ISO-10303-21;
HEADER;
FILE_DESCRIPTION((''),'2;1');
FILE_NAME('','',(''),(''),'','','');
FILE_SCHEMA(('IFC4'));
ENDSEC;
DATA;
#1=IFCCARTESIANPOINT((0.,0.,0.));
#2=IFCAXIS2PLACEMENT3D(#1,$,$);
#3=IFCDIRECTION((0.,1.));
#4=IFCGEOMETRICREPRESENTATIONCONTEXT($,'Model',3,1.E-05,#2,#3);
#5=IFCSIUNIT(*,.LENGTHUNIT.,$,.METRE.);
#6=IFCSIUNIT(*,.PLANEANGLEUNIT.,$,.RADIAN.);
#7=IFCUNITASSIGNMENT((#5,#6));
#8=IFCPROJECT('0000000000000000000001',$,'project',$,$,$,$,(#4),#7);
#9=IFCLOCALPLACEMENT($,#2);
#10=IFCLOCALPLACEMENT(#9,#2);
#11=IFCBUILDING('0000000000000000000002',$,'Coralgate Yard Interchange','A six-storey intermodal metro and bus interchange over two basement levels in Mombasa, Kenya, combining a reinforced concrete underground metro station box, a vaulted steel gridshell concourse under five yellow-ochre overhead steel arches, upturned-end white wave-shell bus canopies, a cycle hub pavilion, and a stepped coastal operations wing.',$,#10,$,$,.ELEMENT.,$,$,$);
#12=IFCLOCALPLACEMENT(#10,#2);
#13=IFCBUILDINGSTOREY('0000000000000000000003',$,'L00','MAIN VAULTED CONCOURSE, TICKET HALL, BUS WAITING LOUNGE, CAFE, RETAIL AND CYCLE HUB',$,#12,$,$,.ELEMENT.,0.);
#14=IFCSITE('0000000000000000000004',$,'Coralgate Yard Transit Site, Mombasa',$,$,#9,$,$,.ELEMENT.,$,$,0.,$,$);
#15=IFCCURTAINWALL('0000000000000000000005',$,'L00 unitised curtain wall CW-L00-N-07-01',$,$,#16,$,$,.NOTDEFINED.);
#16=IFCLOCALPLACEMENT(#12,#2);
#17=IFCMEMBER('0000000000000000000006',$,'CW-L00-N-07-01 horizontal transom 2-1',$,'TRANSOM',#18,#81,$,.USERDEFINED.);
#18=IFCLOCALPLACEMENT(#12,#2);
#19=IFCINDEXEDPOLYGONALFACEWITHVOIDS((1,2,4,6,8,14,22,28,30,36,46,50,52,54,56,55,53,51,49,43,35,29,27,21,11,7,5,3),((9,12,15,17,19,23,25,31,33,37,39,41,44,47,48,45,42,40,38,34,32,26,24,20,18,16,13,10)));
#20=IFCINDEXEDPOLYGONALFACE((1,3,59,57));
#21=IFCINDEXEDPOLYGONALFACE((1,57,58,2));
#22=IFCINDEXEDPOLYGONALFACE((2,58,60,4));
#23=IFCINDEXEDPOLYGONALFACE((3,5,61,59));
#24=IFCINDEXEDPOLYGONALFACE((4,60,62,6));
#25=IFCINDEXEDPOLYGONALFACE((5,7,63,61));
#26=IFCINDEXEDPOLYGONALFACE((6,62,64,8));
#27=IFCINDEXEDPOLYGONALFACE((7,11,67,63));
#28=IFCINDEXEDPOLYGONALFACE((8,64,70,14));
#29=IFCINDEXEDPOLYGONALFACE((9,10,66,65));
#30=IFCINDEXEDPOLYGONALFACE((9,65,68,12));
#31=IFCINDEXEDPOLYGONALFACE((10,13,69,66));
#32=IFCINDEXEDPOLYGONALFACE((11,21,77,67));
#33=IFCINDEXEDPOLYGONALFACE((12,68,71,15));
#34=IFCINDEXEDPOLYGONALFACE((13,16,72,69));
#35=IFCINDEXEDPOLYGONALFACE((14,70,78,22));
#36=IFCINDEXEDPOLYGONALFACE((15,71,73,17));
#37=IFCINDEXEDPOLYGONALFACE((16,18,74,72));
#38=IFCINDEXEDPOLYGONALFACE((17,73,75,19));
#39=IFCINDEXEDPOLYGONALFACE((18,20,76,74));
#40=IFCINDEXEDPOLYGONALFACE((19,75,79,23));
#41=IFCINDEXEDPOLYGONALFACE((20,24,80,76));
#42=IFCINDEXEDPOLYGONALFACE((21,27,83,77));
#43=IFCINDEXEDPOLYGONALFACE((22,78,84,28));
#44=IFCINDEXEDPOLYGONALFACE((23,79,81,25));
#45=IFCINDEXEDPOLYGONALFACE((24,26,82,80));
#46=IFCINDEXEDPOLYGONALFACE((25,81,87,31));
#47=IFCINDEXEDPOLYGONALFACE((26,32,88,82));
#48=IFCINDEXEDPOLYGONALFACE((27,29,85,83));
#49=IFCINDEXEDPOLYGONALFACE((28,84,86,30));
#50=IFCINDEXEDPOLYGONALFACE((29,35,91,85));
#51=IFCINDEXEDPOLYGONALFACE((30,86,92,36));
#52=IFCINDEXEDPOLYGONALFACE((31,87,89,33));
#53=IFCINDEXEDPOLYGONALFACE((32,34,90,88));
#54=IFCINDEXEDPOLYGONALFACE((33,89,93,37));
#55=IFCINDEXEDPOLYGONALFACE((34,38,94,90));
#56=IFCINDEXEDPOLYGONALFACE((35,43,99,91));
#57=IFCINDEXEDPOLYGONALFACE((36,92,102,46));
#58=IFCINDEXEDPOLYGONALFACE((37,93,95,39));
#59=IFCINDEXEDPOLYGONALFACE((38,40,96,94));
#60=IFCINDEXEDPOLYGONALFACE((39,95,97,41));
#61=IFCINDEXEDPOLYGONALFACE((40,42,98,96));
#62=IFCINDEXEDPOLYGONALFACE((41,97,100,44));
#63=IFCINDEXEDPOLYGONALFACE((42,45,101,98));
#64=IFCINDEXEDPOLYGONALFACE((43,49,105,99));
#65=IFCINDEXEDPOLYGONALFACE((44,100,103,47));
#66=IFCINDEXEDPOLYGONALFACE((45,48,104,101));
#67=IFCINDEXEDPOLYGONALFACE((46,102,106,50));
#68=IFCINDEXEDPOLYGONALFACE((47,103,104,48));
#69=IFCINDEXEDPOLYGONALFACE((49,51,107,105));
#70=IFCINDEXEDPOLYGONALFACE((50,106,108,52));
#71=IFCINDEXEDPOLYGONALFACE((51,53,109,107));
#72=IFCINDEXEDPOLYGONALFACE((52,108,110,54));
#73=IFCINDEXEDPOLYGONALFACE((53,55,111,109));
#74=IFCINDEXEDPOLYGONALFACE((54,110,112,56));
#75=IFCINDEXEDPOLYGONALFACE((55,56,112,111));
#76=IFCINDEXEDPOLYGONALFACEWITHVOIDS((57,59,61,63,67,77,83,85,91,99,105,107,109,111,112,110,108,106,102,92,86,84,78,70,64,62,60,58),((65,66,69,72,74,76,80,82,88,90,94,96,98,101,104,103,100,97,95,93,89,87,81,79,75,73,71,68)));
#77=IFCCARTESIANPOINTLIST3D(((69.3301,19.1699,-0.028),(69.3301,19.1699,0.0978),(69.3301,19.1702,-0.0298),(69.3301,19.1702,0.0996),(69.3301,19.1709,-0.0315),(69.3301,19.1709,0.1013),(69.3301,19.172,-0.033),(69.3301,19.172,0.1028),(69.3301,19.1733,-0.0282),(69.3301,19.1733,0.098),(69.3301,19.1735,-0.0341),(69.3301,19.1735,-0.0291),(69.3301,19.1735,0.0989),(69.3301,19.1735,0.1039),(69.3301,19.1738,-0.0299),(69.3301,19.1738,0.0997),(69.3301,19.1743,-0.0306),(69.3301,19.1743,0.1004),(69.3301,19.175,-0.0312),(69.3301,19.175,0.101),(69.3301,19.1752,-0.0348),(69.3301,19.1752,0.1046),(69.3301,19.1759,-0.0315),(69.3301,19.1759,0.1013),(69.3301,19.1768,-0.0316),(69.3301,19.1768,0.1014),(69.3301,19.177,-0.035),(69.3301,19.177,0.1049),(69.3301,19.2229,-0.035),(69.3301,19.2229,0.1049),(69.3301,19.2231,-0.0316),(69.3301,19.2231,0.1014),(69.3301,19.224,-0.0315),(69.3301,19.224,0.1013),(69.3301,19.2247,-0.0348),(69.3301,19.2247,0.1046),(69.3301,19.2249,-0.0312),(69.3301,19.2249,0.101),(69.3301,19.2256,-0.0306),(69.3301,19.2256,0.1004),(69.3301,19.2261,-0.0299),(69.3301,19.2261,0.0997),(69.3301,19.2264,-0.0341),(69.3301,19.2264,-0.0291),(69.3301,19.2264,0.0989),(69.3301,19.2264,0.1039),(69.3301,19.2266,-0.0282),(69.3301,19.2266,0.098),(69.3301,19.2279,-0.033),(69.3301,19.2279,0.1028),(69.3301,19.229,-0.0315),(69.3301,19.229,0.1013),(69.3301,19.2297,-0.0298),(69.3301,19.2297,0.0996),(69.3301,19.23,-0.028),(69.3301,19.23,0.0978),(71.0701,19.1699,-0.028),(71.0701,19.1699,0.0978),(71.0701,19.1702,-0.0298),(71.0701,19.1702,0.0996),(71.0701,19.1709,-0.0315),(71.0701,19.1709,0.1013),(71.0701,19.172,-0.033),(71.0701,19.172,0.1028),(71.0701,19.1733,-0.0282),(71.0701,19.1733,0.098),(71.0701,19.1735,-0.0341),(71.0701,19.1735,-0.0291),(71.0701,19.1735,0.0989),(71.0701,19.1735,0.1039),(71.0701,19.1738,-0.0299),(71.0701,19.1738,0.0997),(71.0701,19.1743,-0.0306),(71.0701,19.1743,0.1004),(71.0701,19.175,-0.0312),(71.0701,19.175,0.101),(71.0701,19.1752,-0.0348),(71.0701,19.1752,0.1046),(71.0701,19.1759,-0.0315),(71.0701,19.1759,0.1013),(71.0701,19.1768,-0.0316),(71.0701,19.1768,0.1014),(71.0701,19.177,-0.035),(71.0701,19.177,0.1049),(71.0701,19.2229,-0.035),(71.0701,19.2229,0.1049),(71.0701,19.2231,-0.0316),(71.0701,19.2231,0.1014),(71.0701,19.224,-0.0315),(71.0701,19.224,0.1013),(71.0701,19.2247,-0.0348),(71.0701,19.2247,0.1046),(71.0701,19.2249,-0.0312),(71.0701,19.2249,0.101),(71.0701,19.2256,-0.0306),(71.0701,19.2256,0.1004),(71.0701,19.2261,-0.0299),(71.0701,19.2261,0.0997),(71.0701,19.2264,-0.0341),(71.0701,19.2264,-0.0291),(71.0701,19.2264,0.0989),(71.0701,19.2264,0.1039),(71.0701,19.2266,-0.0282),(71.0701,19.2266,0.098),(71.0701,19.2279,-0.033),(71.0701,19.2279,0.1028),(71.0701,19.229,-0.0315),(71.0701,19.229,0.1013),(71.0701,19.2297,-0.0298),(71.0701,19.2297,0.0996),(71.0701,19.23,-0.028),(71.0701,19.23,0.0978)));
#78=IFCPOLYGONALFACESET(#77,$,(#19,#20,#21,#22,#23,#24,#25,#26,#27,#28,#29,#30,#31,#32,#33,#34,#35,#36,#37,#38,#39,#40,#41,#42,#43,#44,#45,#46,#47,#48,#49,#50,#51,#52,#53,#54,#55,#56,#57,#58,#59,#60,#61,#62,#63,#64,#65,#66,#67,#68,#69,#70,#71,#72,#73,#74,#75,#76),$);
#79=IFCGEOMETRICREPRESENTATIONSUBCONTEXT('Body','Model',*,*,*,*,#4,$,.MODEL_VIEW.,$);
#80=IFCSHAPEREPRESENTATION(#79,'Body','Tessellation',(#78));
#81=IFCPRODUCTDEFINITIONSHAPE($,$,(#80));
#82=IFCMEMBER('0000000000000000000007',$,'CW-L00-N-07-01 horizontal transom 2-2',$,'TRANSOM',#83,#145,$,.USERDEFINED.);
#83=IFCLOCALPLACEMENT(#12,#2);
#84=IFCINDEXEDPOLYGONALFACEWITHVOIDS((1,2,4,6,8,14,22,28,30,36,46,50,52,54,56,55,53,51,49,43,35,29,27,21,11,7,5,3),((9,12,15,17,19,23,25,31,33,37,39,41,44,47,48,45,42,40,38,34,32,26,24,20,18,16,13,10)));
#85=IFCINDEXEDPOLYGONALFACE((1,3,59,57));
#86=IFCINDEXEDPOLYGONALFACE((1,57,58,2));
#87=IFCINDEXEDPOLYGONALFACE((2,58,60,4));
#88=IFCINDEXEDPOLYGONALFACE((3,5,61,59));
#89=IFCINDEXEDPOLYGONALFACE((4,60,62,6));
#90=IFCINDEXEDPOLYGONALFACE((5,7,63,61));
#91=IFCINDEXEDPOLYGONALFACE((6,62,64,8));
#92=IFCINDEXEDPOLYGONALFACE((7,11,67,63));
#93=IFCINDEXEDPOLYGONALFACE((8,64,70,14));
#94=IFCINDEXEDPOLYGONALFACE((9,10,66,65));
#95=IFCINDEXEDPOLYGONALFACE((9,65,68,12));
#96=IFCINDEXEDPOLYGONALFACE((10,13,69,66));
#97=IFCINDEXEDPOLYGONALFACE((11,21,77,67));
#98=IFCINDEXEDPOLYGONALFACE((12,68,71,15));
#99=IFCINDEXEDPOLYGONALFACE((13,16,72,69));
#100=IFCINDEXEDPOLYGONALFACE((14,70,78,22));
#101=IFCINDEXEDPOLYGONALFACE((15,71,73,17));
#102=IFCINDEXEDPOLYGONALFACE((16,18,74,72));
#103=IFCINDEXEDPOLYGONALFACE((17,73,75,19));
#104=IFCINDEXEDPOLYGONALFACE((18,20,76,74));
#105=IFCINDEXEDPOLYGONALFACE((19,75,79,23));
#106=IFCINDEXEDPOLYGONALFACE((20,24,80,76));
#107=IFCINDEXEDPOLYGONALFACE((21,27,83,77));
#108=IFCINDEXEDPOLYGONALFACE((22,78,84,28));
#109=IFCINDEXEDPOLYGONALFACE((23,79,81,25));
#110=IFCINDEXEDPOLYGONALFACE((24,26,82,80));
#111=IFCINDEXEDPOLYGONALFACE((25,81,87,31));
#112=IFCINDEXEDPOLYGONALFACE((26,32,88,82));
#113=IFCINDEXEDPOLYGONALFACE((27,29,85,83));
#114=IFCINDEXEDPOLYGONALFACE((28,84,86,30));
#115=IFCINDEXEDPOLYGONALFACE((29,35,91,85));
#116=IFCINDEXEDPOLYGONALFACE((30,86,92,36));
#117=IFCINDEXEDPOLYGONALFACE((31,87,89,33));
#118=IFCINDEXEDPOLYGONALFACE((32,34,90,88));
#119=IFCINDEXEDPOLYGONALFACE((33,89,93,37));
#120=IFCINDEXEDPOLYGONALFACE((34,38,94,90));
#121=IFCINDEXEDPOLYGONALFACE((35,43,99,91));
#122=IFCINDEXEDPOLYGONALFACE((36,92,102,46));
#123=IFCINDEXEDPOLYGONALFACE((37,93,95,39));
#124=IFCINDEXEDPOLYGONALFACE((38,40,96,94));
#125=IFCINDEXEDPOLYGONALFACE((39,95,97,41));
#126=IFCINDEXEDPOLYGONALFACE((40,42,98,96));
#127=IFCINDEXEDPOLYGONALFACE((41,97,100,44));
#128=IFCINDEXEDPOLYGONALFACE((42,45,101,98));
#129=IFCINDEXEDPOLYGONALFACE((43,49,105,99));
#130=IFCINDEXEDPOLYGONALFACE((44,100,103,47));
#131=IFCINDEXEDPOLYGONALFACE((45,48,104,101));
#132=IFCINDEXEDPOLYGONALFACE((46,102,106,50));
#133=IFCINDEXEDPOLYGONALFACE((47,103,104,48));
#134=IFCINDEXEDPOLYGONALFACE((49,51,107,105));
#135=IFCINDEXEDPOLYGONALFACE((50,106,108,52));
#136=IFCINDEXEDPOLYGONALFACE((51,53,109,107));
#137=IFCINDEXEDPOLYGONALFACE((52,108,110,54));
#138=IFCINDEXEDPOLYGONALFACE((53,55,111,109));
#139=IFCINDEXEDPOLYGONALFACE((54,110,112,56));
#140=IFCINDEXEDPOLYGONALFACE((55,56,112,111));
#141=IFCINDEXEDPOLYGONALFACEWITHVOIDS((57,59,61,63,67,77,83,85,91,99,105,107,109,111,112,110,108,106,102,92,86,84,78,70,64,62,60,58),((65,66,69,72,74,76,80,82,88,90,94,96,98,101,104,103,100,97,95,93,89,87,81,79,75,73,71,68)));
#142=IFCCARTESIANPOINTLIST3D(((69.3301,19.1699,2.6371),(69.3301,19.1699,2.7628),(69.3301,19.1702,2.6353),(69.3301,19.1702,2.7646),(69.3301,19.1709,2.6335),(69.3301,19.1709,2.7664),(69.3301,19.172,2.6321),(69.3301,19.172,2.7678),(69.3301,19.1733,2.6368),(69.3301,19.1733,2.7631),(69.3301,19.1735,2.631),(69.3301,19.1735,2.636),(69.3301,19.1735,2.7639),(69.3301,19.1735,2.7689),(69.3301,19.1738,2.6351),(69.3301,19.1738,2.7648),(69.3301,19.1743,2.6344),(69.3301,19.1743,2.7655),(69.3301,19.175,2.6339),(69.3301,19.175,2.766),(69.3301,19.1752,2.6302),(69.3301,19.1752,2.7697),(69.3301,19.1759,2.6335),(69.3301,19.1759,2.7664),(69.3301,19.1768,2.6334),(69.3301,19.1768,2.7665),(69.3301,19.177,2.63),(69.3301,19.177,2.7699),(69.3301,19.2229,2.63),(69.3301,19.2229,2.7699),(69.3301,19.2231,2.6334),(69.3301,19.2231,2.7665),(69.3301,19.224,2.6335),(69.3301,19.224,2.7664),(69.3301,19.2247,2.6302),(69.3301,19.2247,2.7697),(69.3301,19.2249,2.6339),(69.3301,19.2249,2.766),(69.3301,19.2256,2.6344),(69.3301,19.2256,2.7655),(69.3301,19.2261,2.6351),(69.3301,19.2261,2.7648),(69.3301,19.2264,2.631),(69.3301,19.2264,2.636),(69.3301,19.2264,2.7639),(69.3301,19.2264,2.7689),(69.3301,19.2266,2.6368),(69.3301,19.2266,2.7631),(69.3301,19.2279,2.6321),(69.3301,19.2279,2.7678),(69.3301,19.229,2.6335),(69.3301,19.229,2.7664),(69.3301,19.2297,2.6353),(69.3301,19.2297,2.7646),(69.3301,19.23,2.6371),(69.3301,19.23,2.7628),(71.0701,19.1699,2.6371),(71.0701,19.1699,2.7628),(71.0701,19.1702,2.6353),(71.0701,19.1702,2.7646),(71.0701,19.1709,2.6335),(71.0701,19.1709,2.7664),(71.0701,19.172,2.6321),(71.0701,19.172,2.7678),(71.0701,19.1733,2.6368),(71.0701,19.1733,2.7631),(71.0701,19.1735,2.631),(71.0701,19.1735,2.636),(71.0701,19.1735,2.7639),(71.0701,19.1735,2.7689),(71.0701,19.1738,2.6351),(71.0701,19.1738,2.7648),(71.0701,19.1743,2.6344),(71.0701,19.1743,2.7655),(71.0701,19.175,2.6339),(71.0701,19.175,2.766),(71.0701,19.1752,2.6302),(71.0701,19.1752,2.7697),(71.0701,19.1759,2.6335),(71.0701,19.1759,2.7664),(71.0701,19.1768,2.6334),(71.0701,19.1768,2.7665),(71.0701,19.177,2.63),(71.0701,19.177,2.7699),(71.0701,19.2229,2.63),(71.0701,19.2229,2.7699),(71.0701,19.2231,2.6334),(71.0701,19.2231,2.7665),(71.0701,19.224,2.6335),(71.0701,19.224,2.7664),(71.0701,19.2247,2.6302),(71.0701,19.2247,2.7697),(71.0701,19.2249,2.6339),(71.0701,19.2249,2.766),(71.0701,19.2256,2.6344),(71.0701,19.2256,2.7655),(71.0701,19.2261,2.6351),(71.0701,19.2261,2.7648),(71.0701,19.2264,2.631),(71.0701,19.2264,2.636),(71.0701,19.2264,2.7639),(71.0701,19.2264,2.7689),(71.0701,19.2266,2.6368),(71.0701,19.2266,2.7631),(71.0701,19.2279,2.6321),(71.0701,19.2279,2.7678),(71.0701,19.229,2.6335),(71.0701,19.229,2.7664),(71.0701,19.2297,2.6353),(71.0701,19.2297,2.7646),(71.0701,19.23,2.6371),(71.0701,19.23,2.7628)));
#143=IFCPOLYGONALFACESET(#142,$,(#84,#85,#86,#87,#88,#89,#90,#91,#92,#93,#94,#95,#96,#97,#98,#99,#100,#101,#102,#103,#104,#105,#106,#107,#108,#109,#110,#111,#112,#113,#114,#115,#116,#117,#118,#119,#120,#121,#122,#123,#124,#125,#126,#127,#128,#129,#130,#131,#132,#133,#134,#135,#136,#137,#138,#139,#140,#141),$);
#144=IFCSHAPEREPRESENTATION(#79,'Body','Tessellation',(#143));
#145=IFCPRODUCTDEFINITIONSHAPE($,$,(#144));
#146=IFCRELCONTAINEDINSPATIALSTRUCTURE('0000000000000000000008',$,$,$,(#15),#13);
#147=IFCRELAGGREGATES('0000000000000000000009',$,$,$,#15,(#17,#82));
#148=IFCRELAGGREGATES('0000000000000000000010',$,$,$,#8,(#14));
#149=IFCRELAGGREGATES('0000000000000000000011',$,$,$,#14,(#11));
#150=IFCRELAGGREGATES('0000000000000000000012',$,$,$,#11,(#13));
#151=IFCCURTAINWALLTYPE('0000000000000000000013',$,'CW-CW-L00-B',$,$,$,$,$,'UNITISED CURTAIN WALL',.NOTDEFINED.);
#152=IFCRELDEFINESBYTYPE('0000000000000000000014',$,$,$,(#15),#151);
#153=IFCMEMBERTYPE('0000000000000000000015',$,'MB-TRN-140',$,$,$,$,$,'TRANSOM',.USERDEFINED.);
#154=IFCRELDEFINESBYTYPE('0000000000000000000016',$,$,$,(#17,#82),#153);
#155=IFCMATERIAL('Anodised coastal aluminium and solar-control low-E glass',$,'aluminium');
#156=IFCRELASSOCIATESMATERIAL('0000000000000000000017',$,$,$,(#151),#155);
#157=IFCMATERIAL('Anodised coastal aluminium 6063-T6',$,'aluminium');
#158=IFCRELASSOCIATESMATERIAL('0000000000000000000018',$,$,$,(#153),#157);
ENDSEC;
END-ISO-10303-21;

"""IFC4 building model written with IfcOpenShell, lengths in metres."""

from ifc_helpers import new_model, si_unit, direction, frame, origin, origin_2d, place, context, subcontext, project, spatial, hollow_rectangle, extrude, material, material_profile, profile_set, type_object, element, aggregate, save


model = new_model("IFC4")

# Units and contexts
model_context = context("Model", 3, precision=1e-05, world=origin(), true_north=direction((0.0, 1.0)))
body_context = subcontext(model_context, "Body", "Model", "MODEL_VIEW")
ifc_project = project(units=[si_unit("LENGTHUNIT", "METRE"), si_unit("PLANEANGLEUNIT", "RADIAN")], contexts=[model_context])

# Site, building, storey
site_placement = place(None, origin())
site = spatial("IfcSite", under=ifc_project, at=site_placement, Name="Coralgate Yard Transit Site, Mombasa", CompositionType="ELEMENT", RefElevation=0.0)
building_placement = place(site_placement, origin())
building = spatial("IfcBuilding", under=site, at=building_placement, Name="Coralgate Yard Interchange", Description="A six-storey intermodal metro and bus interchange over two basement levels in Mombasa, Kenya, combining a reinforced concrete underground metro station box, a vaulted steel gridshell concourse under five yellow-ochre overhead steel arches, upturned-end white wave-shell bus canopies, a cycle hub pavilion, and a stepped coastal operations wing.", CompositionType="ELEMENT")
storey_placement = place(building_placement, origin())
storey = spatial("IfcBuildingStorey", under=building, at=storey_placement, Name="L00", Description="MAIN VAULTED CONCOURSE, TICKET HALL, BUS WAITING LOUNGE, CAFE, RETAIL AND CYCLE HUB", CompositionType="ELEMENT", Elevation=0.0)

# Shared definitions
ifc_material_1 = material(Name="Anodised coastal aluminium and solar-control low-E glass", Category="aluminium")
curtain_wall_type = type_object("IfcCurtainWallType", Name="CW-CW-L00-B", ElementType="UNITISED CURTAIN WALL", PredefinedType="NOTDEFINED", material=ifc_material_1)
ifc_material_2 = material(Name="Anodised coastal aluminium 6063-T6", Category="aluminium")

# Curtain wall
curtain_wall_1_placement = place(storey_placement, origin())
curtain_wall_1 = element("IfcCurtainWall", 1, at=curtain_wall_1_placement, inside=storey, type_object=curtain_wall_type, Name="L00 unitised curtain wall CW-L00-N-07-01", PredefinedType="NOTDEFINED")

# Members
ifc_material_profile_1 = material_profile(ifc_material_2, hollow_rectangle(XDim=0.0601, YDim=0.1399, WallThickness=0.0034, InnerFilletRadius=0.0034, OuterFilletRadius=0.0071, at=origin_2d()), Name="ALU 60x140x3.5")
ifc_profile_set_1 = profile_set([ifc_material_profile_1], Name="Anodised coastal aluminium 6063-T6")
member_type_1 = type_object("IfcMemberType", Name="MB-TRN-140", ElementType="TRANSOM", PredefinedType="USERDEFINED", material=ifc_profile_set_1)
member_1_placement = place(storey_placement, frame((69.3301, 19.2, 0.0349), z_axis=(1.0, 0.0, 0.0), x_axis=(0.0, 1.0, 0.0)))
member_1 = element("IfcMember", 2, at=member_1_placement, type_object=member_type_1, Name="CW-L00-N-07-01 horizontal transom 2-1", ObjectType="TRANSOM", PredefinedType="USERDEFINED", context=body_context, shape_type="SweptSolid", body=[
    extrude(hollow_rectangle(XDim=0.0601, YDim=0.1399, WallThickness=0.0034, InnerFilletRadius=0.0034, OuterFilletRadius=0.0071, at=origin_2d()), origin(), (0.0, 0.0, 1.0), 1.74),
])
member_2_placement = place(storey_placement, frame((69.3301, 19.2, 2.7), z_axis=(1.0, 0.0, 0.0), x_axis=(0.0, 1.0, 0.0)))
member_2 = element("IfcMember", 3, at=member_2_placement, type_object=member_type_1, Name="CW-L00-N-07-01 horizontal transom 2-2", ObjectType="TRANSOM", PredefinedType="USERDEFINED", context=body_context, shape_type="SweptSolid", body=[
    extrude(hollow_rectangle(XDim=0.0601, YDim=0.1399, WallThickness=0.0034, InnerFilletRadius=0.0034, OuterFilletRadius=0.0071, at=origin_2d()), origin(), (0.0, 0.0, 1.0), 1.74),
])

aggregate(curtain_wall_1, [member_1, member_2])

save(model, "model.ifc")
